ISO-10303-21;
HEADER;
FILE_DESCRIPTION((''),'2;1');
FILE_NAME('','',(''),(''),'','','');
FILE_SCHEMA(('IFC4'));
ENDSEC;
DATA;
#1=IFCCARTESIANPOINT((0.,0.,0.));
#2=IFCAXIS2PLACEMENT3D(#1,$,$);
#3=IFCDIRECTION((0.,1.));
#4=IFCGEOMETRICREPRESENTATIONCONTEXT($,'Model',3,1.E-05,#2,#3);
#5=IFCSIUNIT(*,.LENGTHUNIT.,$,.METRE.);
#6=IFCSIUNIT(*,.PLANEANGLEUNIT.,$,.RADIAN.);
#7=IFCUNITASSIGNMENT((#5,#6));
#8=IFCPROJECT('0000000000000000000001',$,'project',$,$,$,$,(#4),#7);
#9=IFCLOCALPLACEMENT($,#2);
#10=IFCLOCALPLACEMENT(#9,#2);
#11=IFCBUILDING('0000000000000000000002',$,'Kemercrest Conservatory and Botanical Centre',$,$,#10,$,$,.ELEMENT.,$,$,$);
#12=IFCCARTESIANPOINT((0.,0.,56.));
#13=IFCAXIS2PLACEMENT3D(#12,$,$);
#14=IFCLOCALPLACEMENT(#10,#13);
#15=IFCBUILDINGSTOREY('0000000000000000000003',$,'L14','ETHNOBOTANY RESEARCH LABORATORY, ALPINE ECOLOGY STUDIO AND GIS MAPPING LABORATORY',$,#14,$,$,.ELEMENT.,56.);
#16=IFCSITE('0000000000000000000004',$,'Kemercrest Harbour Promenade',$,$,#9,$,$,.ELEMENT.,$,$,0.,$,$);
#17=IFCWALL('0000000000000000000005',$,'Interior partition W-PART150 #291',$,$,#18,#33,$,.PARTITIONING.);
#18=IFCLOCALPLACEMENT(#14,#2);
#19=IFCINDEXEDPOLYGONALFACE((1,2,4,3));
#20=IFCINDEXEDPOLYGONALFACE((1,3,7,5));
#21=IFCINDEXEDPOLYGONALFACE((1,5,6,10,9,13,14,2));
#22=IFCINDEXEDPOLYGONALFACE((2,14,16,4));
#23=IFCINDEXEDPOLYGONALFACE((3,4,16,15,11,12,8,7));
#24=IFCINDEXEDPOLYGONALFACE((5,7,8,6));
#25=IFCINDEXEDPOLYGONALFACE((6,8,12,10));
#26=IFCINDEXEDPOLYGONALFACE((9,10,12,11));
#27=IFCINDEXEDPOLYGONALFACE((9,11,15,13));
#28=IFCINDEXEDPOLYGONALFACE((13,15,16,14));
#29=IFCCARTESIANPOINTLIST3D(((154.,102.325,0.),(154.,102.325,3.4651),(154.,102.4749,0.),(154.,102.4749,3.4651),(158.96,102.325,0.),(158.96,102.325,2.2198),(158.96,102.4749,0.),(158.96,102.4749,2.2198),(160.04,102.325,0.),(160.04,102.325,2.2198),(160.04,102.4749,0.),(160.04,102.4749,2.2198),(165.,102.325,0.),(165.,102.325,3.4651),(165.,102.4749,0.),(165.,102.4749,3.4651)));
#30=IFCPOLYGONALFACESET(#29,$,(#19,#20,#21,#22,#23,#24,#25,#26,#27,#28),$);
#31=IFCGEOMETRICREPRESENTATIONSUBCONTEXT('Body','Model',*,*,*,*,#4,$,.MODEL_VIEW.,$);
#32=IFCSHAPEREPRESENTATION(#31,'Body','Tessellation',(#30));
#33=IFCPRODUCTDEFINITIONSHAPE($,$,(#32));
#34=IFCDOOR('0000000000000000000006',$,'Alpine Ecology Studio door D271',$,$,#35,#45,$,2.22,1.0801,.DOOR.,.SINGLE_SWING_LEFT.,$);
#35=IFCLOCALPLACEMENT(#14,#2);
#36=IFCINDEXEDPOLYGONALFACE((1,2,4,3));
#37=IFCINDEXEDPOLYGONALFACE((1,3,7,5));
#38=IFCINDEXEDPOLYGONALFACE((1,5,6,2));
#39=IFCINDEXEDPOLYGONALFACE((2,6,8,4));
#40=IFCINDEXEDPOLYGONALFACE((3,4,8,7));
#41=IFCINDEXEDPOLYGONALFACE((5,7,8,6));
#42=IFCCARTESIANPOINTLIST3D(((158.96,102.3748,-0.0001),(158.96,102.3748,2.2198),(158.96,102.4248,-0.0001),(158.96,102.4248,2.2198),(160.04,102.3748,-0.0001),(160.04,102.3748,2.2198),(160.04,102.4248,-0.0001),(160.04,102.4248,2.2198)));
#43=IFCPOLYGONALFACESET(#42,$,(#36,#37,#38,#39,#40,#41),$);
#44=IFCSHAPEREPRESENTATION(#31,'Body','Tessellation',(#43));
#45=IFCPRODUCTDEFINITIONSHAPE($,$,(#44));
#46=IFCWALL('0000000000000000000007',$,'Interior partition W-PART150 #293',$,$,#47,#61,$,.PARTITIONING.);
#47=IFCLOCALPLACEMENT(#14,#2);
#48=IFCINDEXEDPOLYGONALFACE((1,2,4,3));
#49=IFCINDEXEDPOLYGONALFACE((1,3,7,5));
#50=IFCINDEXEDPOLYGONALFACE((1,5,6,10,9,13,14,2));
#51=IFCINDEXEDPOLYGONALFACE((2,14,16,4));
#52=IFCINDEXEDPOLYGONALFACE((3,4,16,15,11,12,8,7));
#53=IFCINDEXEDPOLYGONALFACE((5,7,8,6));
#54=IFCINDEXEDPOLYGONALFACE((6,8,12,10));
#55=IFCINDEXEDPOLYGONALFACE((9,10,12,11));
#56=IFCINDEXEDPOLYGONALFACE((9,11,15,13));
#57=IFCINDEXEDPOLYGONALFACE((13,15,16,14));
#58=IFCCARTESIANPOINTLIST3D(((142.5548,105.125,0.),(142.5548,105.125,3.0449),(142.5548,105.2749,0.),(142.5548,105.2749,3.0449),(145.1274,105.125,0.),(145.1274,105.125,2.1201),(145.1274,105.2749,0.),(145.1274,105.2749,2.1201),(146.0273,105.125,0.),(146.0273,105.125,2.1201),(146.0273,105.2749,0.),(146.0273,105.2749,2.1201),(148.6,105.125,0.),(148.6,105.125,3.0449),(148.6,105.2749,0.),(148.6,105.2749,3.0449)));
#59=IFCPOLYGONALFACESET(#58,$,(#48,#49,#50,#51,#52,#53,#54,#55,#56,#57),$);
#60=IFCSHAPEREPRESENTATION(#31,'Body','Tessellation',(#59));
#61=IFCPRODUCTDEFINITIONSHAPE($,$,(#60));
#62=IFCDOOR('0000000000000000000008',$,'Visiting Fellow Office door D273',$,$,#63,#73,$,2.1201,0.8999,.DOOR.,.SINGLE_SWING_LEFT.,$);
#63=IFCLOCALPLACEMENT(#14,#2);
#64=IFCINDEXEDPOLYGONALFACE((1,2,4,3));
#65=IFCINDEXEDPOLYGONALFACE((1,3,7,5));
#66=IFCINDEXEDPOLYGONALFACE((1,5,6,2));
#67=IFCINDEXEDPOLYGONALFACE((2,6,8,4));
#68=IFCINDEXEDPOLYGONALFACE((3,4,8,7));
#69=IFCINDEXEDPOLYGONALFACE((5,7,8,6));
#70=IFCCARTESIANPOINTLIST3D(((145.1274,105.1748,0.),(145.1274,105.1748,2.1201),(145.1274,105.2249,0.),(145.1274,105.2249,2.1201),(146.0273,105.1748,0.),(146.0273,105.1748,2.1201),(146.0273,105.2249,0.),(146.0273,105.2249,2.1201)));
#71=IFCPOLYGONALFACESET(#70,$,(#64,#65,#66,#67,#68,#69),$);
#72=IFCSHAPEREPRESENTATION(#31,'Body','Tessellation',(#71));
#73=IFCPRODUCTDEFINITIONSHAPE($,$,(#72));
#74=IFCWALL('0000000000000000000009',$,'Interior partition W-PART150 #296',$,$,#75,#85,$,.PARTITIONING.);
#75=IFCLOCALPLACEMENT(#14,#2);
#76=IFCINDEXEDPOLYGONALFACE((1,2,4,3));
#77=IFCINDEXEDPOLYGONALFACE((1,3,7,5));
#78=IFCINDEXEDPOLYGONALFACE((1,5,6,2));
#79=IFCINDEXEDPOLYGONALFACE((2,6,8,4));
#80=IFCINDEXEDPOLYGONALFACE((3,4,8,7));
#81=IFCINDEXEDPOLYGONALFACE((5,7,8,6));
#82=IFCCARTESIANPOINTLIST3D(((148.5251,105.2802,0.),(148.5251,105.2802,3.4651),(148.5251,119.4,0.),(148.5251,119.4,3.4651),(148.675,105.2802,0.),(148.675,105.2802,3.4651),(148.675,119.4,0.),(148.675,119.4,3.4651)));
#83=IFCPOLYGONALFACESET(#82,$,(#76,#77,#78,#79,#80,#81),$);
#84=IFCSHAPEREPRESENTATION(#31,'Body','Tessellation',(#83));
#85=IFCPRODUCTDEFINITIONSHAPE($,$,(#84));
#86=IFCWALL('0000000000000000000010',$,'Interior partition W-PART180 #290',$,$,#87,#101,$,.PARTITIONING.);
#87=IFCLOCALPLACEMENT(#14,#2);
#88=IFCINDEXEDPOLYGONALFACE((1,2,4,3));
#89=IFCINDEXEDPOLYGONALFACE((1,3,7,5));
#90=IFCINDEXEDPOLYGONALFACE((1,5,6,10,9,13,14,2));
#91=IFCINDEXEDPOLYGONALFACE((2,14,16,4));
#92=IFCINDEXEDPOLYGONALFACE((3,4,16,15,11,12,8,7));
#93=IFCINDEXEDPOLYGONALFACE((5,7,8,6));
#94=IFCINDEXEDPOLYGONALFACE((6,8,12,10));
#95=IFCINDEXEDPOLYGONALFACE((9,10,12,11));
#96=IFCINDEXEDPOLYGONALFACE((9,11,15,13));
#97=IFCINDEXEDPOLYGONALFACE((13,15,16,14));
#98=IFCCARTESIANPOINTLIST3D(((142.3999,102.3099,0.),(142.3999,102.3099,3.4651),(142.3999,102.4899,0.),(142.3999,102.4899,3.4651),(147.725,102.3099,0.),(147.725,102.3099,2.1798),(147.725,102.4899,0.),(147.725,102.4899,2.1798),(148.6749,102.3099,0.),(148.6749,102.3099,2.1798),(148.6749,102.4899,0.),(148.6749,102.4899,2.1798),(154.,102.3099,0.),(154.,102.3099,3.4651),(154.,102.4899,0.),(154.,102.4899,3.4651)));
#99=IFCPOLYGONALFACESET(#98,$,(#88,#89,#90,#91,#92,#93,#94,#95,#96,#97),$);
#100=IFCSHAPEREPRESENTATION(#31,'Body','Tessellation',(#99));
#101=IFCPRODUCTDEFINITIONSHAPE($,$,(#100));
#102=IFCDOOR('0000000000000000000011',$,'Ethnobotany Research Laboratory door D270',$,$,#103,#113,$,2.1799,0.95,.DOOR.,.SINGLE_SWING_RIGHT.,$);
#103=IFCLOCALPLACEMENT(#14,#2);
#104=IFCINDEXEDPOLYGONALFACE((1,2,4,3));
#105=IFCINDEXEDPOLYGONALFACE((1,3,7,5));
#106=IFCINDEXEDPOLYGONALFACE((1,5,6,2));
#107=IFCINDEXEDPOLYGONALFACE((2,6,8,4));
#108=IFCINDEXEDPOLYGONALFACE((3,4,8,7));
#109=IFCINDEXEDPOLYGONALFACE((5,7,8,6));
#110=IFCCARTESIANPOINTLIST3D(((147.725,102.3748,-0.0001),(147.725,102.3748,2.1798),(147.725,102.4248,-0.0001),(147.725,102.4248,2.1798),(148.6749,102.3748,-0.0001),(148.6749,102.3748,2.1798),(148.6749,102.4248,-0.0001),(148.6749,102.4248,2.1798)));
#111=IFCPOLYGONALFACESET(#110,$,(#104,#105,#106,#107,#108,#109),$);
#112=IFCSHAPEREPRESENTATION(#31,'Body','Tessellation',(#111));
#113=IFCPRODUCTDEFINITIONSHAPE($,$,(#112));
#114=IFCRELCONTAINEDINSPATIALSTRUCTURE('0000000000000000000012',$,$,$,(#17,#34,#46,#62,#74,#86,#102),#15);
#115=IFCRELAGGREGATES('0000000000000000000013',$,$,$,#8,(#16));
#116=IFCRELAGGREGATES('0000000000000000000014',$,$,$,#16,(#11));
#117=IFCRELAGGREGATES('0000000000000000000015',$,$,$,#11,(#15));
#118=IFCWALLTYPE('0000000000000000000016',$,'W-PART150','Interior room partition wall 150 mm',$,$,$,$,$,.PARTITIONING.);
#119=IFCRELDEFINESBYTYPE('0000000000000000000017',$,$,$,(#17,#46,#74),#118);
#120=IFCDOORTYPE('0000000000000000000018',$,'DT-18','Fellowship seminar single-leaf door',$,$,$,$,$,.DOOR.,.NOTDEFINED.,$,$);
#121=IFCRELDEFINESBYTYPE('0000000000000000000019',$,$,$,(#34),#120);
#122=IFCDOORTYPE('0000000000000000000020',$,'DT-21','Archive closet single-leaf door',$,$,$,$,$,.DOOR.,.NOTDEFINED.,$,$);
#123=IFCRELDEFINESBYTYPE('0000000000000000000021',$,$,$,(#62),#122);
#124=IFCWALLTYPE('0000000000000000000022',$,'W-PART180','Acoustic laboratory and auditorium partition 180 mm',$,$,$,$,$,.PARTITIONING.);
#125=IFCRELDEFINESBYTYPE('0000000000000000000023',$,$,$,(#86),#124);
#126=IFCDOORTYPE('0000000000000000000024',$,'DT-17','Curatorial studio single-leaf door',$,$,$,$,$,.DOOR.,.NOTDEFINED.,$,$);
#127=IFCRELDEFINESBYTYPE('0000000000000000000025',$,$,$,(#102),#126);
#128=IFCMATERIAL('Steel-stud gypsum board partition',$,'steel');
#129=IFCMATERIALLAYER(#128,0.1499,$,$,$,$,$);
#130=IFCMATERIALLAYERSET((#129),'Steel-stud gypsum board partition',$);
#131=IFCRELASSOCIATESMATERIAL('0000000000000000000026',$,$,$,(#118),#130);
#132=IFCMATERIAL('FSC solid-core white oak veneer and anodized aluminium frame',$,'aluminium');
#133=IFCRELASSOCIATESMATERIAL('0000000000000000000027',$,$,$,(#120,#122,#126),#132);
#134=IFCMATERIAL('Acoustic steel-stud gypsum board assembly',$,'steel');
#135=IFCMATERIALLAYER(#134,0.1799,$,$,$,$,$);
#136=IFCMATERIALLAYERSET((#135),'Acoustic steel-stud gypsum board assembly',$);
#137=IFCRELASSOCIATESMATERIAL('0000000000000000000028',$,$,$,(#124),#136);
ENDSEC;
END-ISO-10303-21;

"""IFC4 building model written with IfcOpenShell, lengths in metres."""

from ifc_helpers import new_model, si_unit, direction, frame, frame_2d, origin, place, context, subcontext, project, spatial, rectangle, extrude, material, layer, layer_set, type_object, element, fill, save


model = new_model("IFC4")

# Units and contexts
model_context = context("Model", 3, precision=1e-05, world=origin(), true_north=direction((0.0, 1.0)))
body_context = subcontext(model_context, "Body", "Model", "MODEL_VIEW")
ifc_project = project(units=[si_unit("LENGTHUNIT", "METRE"), si_unit("PLANEANGLEUNIT", "RADIAN")], contexts=[model_context])

# Site, building, storey
site_placement = place(None, origin())
site = spatial("IfcSite", under=ifc_project, at=site_placement, Name="Kemercrest Harbour Promenade", CompositionType="ELEMENT", RefElevation=0.0)
building_placement = place(site_placement, origin())
building = spatial("IfcBuilding", under=site, at=building_placement, Name="Kemercrest Conservatory and Botanical Centre", CompositionType="ELEMENT")
storey_placement = place(building_placement, frame((0.0, 0.0, 56.0)))
storey = spatial("IfcBuildingStorey", under=building, at=storey_placement, Name="L14", Description="ETHNOBOTANY RESEARCH LABORATORY, ALPINE ECOLOGY STUDIO AND GIS MAPPING LABORATORY", CompositionType="ELEMENT", Elevation=56.0)

# Walls, openings, doors
ifc_material_1 = material(Name="Steel-stud gypsum board partition", Category="steel")
ifc_layer_1 = layer(ifc_material_1, 0.1499)
ifc_layer_set_1 = layer_set([ifc_layer_1], Name="Steel-stud gypsum board partition")
wall_type_1 = type_object("IfcWallType", Name="W-PART150", Description="Interior room partition wall 150 mm", PredefinedType="PARTITIONING", material=ifc_layer_set_1)
wall_1_placement = place(storey_placement, frame((154.0, 102.3999, 0.0), z_axis=(0.0, 0.0, 1.0), x_axis=(1.0, 0.0, 0.0)))
wall_1 = element("IfcWall", 1, at=wall_1_placement, inside=storey, type_object=wall_type_1, Name="Interior partition W-PART150 #291", PredefinedType="PARTITIONING", context=body_context, shape_type="SweptSolid", body=[
    extrude(rectangle(XDim=11.0, YDim=0.1499, at=frame_2d((5.5, 0.0))), origin(), (0.0, 0.0, 1.0), 3.4651),
])
opening_1_placement = place(wall_1_placement, frame((4.96, 0.0, 0.0)))
opening_1 = element("IfcOpeningElement", 2, at=opening_1_placement, cuts=wall_1, PredefinedType="OPENING", context=body_context, shape_type="SweptSolid", body=[
    extrude(rectangle(XDim=1.0801, YDim=2.22, at=frame_2d((0.54, 1.1099))), frame((0.0, 0.085, 0.0), z_axis=(0.0, -1.0, 0.0), x_axis=(1.0, 0.0, 0.0)), (0.0, 0.0, 1.0), 0.1699),
])
ifc_material_2 = material(Name="FSC solid-core white oak veneer and anodized aluminium frame", Category="aluminium")
door_type_1 = type_object("IfcDoorType", Name="DT-18", Description="Fellowship seminar single-leaf door", OperationType="NOTDEFINED", PredefinedType="DOOR", material=ifc_material_2)
door_1_placement = place(opening_1_placement, origin())
door_1 = element("IfcDoor", 3, at=door_1_placement, inside=storey, type_object=door_type_1, Name="Alpine Ecology Studio door D271", OperationType="SINGLE_SWING_LEFT", OverallHeight=2.22, OverallWidth=1.0801, PredefinedType="DOOR", context=body_context, shape_type="SweptSolid", body=[
    extrude(rectangle(XDim=1.0801, YDim=2.22, at=frame_2d((0.54, 1.1099))), frame((0.0, 0.0249, 0.0), z_axis=(0.0, -1.0, 0.0), x_axis=(1.0, 0.0, 0.0)), (0.0, 0.0, 1.0), 0.05),
])
fill(opening_1, door_1)
wall_2_placement = place(storey_placement, frame((142.5549, 105.2, 0.0), z_axis=(0.0, 0.0, 1.0), x_axis=(1.0, 0.0, 0.0)))
wall_2 = element("IfcWall", 4, at=wall_2_placement, inside=storey, type_object=wall_type_1, Name="Interior partition W-PART150 #293", PredefinedType="PARTITIONING", context=body_context, shape_type="SweptSolid", body=[
    extrude(rectangle(XDim=6.0452, YDim=0.1499, at=frame_2d((3.0225, 0.0))), origin(), (0.0, 0.0, 1.0), 3.0449),
])
opening_2_placement = place(wall_2_placement, frame((2.5725, 0.0, 0.0)))
opening_2 = element("IfcOpeningElement", 5, at=opening_2_placement, cuts=wall_2, PredefinedType="OPENING", context=body_context, shape_type="SweptSolid", body=[
    extrude(rectangle(XDim=0.8999, YDim=2.1201, at=frame_2d((0.45, 1.0601))), frame((0.0, 0.085, 0.0), z_axis=(0.0, -1.0, 0.0), x_axis=(1.0, 0.0, 0.0)), (0.0, 0.0, 1.0), 0.1699),
])
door_type_2 = type_object("IfcDoorType", Name="DT-21", Description="Archive closet single-leaf door", OperationType="NOTDEFINED", PredefinedType="DOOR", material=ifc_material_2)
door_2_placement = place(opening_2_placement, origin())
door_2 = element("IfcDoor", 6, at=door_2_placement, inside=storey, type_object=door_type_2, Name="Visiting Fellow Office door D273", OperationType="SINGLE_SWING_LEFT", OverallHeight=2.1201, OverallWidth=0.8999, PredefinedType="DOOR", context=body_context, shape_type="SweptSolid", body=[
    extrude(rectangle(XDim=0.8999, YDim=2.1201, at=frame_2d((0.45, 1.0601))), frame((0.0, 0.0249, 0.0), z_axis=(0.0, -1.0, 0.0), x_axis=(1.0, 0.0, 0.0)), (0.0, 0.0, 1.0), 0.05),
])
fill(opening_2, door_2)

# Wall
wall_3_placement = place(storey_placement, frame((148.6001, 105.28, 0.0), z_axis=(0.0, 0.0, 1.0), x_axis=(0.0, 1.0, 0.0)))
element("IfcWall", 7, at=wall_3_placement, inside=storey, type_object=wall_type_1, Name="Interior partition W-PART150 #296", PredefinedType="PARTITIONING", context=body_context, shape_type="SweptSolid", body=[
    extrude(rectangle(XDim=14.1199, YDim=0.1499, at=frame_2d((7.0601, 0.0))), origin(), (0.0, 0.0, 1.0), 3.4651),
])

# Wall, opening, door
ifc_material_3 = material(Name="Acoustic steel-stud gypsum board assembly", Category="steel")
ifc_layer_2 = layer(ifc_material_3, 0.1799)
ifc_layer_set_2 = layer_set([ifc_layer_2], Name="Acoustic steel-stud gypsum board assembly")
wall_type_2 = type_object("IfcWallType", Name="W-PART180", Description="Acoustic laboratory and auditorium partition 180 mm", PredefinedType="PARTITIONING", material=ifc_layer_set_2)
wall_4_placement = place(storey_placement, frame((142.3999, 102.3999, 0.0), z_axis=(0.0, 0.0, 1.0), x_axis=(1.0, 0.0, 0.0)))
wall_4 = element("IfcWall", 8, at=wall_4_placement, inside=storey, type_object=wall_type_2, Name="Interior partition W-PART180 #290", PredefinedType="PARTITIONING", context=body_context, shape_type="SweptSolid", body=[
    extrude(rectangle(XDim=11.6001, YDim=0.1799, at=frame_2d((5.8, 0.0))), origin(), (0.0, 0.0, 1.0), 3.4651),
])
opening_3_placement = place(wall_4_placement, frame((5.325, 0.0, 0.0)))
opening_3 = element("IfcOpeningElement", 9, at=opening_3_placement, cuts=wall_4, PredefinedType="OPENING", context=body_context, shape_type="SweptSolid", body=[
    extrude(rectangle(XDim=0.95, YDim=2.1799, at=frame_2d((0.4751, 1.0898))), frame((0.0, 0.1001, 0.0), z_axis=(0.0, -1.0, 0.0), x_axis=(1.0, 0.0, 0.0)), (0.0, 0.0, 1.0), 0.2),
])
door_type_3 = type_object("IfcDoorType", Name="DT-17", Description="Curatorial studio single-leaf door", OperationType="NOTDEFINED", PredefinedType="DOOR", material=ifc_material_2)
door_3_placement = place(opening_3_placement, origin())
door_3 = element("IfcDoor", 10, at=door_3_placement, inside=storey, type_object=door_type_3, Name="Ethnobotany Research Laboratory door D270", OperationType="SINGLE_SWING_RIGHT", OverallHeight=2.1799, OverallWidth=0.95, PredefinedType="DOOR", context=body_context, shape_type="SweptSolid", body=[
    extrude(rectangle(XDim=0.95, YDim=2.1799, at=frame_2d((0.4751, 1.0898))), frame((0.0, 0.0249, 0.0), z_axis=(0.0, -1.0, 0.0), x_axis=(1.0, 0.0, 0.0)), (0.0, 0.0, 1.0), 0.05),
])
fill(opening_3, door_3)

save(model, "model.ifc")
